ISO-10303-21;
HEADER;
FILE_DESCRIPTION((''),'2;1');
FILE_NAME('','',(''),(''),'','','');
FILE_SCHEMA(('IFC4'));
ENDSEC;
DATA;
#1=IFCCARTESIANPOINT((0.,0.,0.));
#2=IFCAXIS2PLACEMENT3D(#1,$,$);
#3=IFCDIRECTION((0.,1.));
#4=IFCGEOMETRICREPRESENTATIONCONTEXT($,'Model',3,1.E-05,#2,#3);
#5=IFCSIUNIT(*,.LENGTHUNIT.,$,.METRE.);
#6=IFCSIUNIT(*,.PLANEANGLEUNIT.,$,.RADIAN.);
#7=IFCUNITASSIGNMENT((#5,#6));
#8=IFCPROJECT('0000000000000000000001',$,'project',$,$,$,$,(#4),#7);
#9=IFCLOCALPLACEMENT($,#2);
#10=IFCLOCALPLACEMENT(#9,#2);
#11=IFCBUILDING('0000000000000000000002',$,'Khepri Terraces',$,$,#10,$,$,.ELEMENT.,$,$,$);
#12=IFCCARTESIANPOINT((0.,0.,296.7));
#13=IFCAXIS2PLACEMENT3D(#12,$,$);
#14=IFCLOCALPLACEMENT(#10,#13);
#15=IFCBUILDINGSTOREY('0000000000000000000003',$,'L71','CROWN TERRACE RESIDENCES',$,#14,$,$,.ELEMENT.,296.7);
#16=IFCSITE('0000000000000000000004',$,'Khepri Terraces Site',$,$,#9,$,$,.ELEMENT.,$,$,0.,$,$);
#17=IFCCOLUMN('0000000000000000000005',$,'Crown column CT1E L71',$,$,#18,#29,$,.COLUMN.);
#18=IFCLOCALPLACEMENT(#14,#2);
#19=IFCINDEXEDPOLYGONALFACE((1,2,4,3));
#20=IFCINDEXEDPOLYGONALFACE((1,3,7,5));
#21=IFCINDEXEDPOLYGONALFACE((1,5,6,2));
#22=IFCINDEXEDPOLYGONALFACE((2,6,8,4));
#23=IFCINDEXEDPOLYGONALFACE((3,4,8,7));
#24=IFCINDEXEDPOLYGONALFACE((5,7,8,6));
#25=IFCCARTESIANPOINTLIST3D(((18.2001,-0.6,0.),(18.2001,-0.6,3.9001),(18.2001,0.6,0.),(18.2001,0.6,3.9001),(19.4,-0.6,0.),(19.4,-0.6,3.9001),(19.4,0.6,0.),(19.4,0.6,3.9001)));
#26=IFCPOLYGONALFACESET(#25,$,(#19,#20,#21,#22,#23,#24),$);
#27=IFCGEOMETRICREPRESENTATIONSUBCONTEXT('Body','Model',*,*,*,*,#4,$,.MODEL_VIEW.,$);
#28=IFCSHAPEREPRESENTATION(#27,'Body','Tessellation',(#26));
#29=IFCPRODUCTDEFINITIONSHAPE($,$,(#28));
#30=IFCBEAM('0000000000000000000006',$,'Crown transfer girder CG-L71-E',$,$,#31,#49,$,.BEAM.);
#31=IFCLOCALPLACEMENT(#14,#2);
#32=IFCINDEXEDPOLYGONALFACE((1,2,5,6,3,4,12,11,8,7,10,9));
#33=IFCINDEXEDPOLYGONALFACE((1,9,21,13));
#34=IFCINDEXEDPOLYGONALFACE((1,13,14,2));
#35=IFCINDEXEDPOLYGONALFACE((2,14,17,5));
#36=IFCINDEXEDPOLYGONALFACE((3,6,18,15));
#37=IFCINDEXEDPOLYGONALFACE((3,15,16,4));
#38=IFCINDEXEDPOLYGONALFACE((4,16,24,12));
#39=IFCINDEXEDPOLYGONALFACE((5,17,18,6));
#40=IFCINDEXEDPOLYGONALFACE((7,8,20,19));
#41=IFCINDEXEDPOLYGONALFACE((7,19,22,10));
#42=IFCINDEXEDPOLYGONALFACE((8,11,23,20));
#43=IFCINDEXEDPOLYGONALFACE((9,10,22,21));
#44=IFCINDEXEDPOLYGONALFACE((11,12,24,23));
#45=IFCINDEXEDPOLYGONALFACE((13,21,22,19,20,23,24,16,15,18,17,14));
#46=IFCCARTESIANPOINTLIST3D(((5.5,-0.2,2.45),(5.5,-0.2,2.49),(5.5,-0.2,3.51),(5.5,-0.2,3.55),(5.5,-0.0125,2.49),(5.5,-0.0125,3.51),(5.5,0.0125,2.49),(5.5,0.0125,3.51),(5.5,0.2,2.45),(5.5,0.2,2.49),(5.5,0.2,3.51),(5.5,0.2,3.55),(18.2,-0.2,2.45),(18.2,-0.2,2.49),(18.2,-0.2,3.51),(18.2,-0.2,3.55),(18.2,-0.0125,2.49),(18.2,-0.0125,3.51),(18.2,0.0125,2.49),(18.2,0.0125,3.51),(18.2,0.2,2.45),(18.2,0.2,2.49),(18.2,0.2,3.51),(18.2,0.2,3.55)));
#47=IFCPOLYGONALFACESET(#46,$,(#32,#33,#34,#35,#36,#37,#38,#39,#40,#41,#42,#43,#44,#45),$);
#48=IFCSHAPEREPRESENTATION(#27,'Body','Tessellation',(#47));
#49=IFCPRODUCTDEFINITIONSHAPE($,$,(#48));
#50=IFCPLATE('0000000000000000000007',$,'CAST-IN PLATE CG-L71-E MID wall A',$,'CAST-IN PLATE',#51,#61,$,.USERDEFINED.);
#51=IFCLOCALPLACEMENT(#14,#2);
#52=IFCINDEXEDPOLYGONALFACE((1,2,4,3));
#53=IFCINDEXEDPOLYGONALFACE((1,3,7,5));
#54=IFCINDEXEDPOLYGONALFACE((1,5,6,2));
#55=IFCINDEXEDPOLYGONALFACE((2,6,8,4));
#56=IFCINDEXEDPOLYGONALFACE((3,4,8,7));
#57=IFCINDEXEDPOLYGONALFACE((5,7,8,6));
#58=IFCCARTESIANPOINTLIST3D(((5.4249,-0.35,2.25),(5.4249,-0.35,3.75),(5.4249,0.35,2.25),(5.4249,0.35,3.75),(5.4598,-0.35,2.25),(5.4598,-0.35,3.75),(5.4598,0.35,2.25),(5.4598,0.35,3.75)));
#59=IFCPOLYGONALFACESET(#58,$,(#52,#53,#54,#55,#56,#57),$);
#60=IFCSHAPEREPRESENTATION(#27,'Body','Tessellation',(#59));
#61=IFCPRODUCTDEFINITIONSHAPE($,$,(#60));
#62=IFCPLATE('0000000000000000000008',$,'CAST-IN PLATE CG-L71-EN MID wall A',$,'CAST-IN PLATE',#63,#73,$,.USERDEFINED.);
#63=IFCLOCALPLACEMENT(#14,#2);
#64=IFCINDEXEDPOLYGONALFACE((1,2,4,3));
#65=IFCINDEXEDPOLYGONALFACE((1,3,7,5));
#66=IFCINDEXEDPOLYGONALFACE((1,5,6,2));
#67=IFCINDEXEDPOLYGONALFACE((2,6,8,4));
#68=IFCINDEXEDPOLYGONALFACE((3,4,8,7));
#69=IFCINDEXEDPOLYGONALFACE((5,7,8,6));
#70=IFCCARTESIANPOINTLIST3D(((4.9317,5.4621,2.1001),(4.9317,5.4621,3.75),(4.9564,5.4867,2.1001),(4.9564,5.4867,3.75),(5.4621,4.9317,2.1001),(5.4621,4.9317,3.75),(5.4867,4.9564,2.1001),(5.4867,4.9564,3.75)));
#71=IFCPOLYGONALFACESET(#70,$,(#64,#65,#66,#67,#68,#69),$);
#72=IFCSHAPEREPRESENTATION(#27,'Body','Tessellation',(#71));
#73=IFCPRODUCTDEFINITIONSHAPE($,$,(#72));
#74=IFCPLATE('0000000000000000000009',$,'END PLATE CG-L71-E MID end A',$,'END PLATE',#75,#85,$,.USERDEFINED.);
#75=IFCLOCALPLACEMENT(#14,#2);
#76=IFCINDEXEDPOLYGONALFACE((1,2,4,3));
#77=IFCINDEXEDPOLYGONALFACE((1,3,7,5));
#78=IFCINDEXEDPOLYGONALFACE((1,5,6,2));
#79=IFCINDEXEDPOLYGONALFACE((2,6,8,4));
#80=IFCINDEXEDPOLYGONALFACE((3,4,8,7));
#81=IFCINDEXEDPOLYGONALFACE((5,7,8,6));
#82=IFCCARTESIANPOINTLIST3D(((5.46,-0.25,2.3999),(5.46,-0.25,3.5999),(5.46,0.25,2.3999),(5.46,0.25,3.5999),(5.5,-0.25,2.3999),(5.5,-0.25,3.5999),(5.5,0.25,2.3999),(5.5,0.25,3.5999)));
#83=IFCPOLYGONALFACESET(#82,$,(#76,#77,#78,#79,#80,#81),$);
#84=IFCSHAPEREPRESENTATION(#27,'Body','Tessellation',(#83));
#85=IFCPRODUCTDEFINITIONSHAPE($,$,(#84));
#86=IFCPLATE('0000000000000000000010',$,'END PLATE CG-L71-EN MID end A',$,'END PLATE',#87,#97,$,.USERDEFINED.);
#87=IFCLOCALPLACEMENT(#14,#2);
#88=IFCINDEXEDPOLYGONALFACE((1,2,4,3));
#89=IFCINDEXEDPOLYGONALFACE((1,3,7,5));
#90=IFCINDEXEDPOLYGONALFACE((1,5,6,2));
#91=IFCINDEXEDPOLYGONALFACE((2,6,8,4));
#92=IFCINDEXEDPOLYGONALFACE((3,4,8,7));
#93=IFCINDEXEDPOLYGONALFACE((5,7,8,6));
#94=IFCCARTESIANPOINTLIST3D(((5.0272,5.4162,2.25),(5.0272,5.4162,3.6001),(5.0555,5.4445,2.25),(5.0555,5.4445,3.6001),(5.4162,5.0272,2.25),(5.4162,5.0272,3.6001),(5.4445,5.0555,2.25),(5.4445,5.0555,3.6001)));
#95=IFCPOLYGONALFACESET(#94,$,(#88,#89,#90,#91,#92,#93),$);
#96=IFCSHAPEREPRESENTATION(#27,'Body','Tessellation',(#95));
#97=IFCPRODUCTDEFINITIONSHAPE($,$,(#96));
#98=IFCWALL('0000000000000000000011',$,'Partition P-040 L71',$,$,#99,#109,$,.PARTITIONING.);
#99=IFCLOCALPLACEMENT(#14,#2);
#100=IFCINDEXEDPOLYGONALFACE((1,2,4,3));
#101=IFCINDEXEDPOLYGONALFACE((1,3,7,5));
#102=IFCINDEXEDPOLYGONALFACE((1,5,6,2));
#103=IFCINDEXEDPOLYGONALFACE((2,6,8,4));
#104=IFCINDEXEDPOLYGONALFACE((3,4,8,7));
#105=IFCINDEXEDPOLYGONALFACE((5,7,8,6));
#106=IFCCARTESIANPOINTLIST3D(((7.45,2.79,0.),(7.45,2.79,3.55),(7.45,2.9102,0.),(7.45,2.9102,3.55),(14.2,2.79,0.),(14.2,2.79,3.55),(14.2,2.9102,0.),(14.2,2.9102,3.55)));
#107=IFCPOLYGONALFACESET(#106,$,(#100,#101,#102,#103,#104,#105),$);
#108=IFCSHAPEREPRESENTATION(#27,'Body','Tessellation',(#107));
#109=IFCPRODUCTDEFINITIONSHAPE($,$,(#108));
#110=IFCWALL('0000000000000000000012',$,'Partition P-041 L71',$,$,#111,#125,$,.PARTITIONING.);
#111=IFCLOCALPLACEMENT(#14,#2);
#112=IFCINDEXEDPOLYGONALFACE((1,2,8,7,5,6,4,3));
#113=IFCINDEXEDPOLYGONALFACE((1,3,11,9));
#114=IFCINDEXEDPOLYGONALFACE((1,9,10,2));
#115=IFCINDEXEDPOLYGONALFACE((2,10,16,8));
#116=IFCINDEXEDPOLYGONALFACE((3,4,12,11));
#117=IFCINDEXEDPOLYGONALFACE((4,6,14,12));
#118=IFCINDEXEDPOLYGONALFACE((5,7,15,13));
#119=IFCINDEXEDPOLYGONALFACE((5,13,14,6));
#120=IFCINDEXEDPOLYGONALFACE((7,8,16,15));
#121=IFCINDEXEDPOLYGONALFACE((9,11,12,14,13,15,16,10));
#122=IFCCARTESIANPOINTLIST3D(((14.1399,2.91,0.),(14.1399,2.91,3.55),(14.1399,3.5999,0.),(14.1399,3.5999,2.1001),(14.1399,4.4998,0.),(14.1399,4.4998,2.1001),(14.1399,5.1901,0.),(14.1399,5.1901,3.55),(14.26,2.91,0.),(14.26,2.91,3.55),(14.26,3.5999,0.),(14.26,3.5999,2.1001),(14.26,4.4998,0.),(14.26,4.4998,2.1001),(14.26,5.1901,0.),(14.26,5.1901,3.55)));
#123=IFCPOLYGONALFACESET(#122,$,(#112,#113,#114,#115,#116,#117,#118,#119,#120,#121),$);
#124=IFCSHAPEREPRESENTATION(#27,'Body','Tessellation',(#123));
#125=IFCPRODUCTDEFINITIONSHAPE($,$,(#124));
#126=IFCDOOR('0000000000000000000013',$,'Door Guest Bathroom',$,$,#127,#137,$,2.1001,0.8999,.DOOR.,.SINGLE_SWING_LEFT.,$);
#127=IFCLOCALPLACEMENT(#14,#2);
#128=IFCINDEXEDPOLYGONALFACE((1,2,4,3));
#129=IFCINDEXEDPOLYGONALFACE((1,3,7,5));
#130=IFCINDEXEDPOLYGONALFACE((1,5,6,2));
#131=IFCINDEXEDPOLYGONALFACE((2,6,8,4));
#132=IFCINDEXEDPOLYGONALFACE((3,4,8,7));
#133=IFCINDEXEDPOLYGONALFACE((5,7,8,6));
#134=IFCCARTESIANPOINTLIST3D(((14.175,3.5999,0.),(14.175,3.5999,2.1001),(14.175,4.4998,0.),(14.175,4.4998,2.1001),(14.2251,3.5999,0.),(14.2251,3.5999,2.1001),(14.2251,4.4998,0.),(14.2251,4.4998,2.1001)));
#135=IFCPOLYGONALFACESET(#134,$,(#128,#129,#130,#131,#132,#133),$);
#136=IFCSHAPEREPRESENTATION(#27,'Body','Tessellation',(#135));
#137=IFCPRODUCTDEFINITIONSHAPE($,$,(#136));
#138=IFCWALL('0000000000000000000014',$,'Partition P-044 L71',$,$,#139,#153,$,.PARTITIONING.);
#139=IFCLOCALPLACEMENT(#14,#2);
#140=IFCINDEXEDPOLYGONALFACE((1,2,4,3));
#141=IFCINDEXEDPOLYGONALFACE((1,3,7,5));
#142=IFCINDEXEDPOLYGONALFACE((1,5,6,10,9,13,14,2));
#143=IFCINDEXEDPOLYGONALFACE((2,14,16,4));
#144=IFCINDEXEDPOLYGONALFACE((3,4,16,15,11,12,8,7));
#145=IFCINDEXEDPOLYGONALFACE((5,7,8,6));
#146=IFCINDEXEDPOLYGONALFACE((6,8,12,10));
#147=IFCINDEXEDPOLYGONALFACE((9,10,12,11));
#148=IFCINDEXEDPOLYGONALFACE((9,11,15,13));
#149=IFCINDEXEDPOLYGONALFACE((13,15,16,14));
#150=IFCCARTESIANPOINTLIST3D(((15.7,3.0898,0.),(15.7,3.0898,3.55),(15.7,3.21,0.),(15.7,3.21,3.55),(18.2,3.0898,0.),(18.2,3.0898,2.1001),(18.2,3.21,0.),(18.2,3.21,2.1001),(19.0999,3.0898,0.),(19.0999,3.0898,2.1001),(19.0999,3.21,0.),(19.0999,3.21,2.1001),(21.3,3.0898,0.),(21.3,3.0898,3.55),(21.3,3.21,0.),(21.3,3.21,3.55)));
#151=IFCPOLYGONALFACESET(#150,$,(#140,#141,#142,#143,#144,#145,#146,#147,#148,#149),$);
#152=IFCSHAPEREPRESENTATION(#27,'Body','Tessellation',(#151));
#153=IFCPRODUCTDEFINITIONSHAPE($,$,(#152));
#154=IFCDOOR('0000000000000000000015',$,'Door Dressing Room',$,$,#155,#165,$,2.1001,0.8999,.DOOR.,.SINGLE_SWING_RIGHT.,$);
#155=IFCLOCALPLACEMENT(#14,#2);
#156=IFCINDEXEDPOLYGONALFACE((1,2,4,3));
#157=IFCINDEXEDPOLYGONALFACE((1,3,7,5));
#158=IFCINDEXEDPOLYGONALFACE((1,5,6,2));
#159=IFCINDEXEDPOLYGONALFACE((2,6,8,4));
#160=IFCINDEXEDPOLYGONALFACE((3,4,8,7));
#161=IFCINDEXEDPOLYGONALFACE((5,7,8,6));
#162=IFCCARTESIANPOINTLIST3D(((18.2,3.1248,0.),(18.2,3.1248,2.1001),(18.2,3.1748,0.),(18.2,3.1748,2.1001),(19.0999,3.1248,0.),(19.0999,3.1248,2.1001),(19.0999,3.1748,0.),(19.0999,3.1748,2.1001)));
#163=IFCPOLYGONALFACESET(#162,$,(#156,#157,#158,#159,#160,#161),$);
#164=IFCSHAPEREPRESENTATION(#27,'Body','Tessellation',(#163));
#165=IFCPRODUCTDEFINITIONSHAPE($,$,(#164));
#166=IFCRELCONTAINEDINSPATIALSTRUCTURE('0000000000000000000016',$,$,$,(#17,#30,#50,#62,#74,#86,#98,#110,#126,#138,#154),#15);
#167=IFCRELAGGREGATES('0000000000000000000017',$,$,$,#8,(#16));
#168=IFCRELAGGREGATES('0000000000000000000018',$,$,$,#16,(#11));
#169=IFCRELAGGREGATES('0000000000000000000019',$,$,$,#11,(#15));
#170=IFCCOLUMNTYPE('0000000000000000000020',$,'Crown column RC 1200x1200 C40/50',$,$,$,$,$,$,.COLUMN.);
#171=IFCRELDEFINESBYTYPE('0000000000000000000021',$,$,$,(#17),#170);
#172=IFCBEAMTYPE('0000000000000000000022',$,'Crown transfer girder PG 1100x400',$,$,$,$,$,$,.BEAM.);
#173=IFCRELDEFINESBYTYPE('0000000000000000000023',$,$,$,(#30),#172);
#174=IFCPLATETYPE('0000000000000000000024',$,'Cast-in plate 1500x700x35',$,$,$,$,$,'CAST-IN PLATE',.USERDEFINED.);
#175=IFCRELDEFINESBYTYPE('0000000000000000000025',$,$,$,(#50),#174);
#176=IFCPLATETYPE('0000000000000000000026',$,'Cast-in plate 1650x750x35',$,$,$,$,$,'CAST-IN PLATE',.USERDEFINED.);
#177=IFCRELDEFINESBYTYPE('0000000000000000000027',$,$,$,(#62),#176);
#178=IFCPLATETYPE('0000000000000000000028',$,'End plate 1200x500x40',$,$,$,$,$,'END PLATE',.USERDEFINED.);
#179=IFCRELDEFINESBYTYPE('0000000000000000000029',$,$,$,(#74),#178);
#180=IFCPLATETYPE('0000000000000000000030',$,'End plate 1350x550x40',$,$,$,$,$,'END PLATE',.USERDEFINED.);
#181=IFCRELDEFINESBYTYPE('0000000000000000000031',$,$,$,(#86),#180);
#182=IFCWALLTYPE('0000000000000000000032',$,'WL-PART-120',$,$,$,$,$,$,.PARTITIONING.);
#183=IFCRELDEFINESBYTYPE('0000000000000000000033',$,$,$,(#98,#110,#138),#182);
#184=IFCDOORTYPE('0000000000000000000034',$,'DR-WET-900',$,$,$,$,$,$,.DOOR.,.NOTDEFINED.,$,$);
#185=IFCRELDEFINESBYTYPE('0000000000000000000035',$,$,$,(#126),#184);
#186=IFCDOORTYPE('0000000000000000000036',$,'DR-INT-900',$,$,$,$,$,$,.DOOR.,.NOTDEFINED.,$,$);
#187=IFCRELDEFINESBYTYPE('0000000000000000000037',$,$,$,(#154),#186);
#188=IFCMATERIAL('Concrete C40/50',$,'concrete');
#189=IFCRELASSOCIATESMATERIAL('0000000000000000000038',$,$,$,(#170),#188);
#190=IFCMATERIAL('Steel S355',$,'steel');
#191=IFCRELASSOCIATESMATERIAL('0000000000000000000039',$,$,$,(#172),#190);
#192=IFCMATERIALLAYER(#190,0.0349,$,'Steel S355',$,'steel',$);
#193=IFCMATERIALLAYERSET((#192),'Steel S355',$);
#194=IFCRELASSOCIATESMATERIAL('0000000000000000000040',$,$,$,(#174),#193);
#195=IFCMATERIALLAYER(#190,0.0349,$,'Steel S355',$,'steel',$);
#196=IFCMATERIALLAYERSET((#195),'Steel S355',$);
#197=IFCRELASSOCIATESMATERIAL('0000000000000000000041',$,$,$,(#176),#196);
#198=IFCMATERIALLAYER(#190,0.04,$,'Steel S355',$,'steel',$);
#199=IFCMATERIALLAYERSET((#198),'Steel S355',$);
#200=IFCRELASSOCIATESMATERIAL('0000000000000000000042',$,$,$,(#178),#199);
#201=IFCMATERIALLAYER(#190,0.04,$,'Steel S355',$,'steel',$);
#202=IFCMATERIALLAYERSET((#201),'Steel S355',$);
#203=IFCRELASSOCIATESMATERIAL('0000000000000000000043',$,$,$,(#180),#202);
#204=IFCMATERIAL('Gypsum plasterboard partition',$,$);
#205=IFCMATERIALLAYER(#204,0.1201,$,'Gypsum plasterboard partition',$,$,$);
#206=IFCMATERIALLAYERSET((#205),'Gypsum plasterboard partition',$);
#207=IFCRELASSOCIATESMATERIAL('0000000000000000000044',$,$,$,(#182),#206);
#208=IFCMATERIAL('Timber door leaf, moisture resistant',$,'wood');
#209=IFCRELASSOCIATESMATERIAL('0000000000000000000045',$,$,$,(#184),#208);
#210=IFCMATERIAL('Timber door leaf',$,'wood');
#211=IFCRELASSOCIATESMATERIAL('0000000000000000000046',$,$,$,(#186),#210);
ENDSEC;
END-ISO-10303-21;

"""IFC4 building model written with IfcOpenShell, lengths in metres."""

from ifc_helpers import new_model, si_unit, direction, frame, frame_2d, origin, origin_2d, place, context, subcontext, project, spatial, rectangle, i_section, extrude, material, layer, layer_set, material_profile, profile_set, type_object, element, fill, save


model = new_model("IFC4")

# Units and contexts
model_context = context("Model", 3, precision=1e-05, world=origin(), true_north=direction((0.0, 1.0)))
body_context = subcontext(model_context, "Body", "Model", "MODEL_VIEW")
ifc_project = project(units=[si_unit("LENGTHUNIT", "METRE"), si_unit("PLANEANGLEUNIT", "RADIAN")], contexts=[model_context])

# Site, building, storey
site_placement = place(None, origin())
site = spatial("IfcSite", under=ifc_project, at=site_placement, Name="Khepri Terraces Site", CompositionType="ELEMENT", RefElevation=0.0)
building_placement = place(site_placement, origin())
building = spatial("IfcBuilding", under=site, at=building_placement, Name="Khepri Terraces", CompositionType="ELEMENT")
storey_placement = place(building_placement, frame((0.0, 0.0, 296.7)))
storey = spatial("IfcBuildingStorey", under=building, at=storey_placement, Name="L71", Description="CROWN TERRACE RESIDENCES", CompositionType="ELEMENT", Elevation=296.7)

# Column
ifc_material_1 = material(Name="Concrete C40/50", Category="concrete")
ifc_material_profile_1 = material_profile(ifc_material_1, rectangle(XDim=1.2, YDim=1.2, at=origin_2d()), Name="Concrete C40/50", Category="concrete")
ifc_profile_set_1 = profile_set([ifc_material_profile_1], Name="Concrete C40/50")
column_type = type_object("IfcColumnType", Name="Crown column RC 1200x1200 C40/50", PredefinedType="COLUMN", material=ifc_profile_set_1)
column_placement = place(storey_placement, frame((18.8, 0.0, 0.0), z_axis=(0.0, 0.0, 1.0), x_axis=(1.0, 0.0, 0.0)))
element("IfcColumn", 1, at=column_placement, inside=storey, type_object=column_type, Name="Crown column CT1E L71", PredefinedType="COLUMN", context=body_context, shape_type="SweptSolid", body=[
    extrude(rectangle(XDim=1.2, YDim=1.2, at=origin_2d()), origin(), (0.0, 0.0, 1.0), 3.9001),
])

# Beam
ifc_material_2 = material(Name="Steel S355", Category="steel")
ifc_material_profile_2 = material_profile(ifc_material_2, i_section(OverallWidth=0.3999, OverallDepth=1.1001, WebThickness=0.0249, FlangeThickness=0.04, at=origin_2d()), Name="Steel S355", Category="steel")
ifc_profile_set_2 = profile_set([ifc_material_profile_2], Name="Steel S355")
beam_type = type_object("IfcBeamType", Name="Crown transfer girder PG 1100x400", PredefinedType="BEAM", material=ifc_profile_set_2)
beam_placement = place(storey_placement, frame((5.5, 0.0, 3.0), z_axis=(1.0, 0.0, 0.0), x_axis=(0.0, 1.0, 0.0)))
element("IfcBeam", 2, at=beam_placement, inside=storey, type_object=beam_type, Name="Crown transfer girder CG-L71-E", PredefinedType="BEAM", context=body_context, shape_type="SweptSolid", body=[
    extrude(i_section(OverallWidth=0.3999, OverallDepth=1.1001, WebThickness=0.0249, FlangeThickness=0.04, at=origin_2d()), origin(), (0.0, 0.0, 1.0), 12.7),
])

# Plates
ifc_layer_1 = layer(ifc_material_2, 0.0349, Name="Steel S355", Category="steel")
ifc_layer_set_1 = layer_set([ifc_layer_1], Name="Steel S355")
plate_type_1 = type_object("IfcPlateType", Name="Cast-in plate 1500x700x35", ElementType="CAST-IN PLATE", PredefinedType="USERDEFINED", material=ifc_layer_set_1)
plate_1_placement = place(storey_placement, frame((5.4424, 0.0, 2.25), z_axis=(0.0, 0.0, 1.0), x_axis=(1.0, 0.0, 0.0)))
element("IfcPlate", 3, at=plate_1_placement, inside=storey, type_object=plate_type_1, Name="CAST-IN PLATE CG-L71-E MID wall A", ObjectType="CAST-IN PLATE", PredefinedType="USERDEFINED", context=body_context, shape_type="SweptSolid", body=[
    extrude(rectangle(XDim=0.0349, YDim=0.7, at=origin_2d()), origin(), (0.0, 0.0, 1.0), 1.5),
])
ifc_layer_2 = layer(ifc_material_2, 0.0349, Name="Steel S355", Category="steel")
ifc_layer_set_2 = layer_set([ifc_layer_2], Name="Steel S355")
plate_type_2 = type_object("IfcPlateType", Name="Cast-in plate 1650x750x35", ElementType="CAST-IN PLATE", PredefinedType="USERDEFINED", material=ifc_layer_set_2)
plate_2_placement = place(storey_placement, frame((5.2092, 5.2092, 2.1001), z_axis=(0.0, 0.0, 1.0), x_axis=(0.707107, 0.707107, 0.0)))
element("IfcPlate", 4, at=plate_2_placement, inside=storey, type_object=plate_type_2, Name="CAST-IN PLATE CG-L71-EN MID wall A", ObjectType="CAST-IN PLATE", PredefinedType="USERDEFINED", context=body_context, shape_type="SweptSolid", body=[
    extrude(rectangle(XDim=0.0349, YDim=0.75, at=origin_2d()), origin(), (0.0, 0.0, 1.0), 1.6499),
])
ifc_layer_3 = layer(ifc_material_2, 0.04, Name="Steel S355", Category="steel")
ifc_layer_set_3 = layer_set([ifc_layer_3], Name="Steel S355")
plate_type_3 = type_object("IfcPlateType", Name="End plate 1200x500x40", ElementType="END PLATE", PredefinedType="USERDEFINED", material=ifc_layer_set_3)
plate_3_placement = place(storey_placement, frame((5.48, 0.0, 2.3999), z_axis=(0.0, 0.0, 1.0), x_axis=(1.0, 0.0, 0.0)))
element("IfcPlate", 5, at=plate_3_placement, inside=storey, type_object=plate_type_3, Name="END PLATE CG-L71-E MID end A", ObjectType="END PLATE", PredefinedType="USERDEFINED", context=body_context, shape_type="SweptSolid", body=[
    extrude(rectangle(XDim=0.04, YDim=0.5, at=origin_2d()), origin(), (0.0, 0.0, 1.0), 1.2),
])
ifc_layer_4 = layer(ifc_material_2, 0.04, Name="Steel S355", Category="steel")
ifc_layer_set_4 = layer_set([ifc_layer_4], Name="Steel S355")
plate_type_4 = type_object("IfcPlateType", Name="End plate 1350x550x40", ElementType="END PLATE", PredefinedType="USERDEFINED", material=ifc_layer_set_4)
plate_4_placement = place(storey_placement, frame((5.2358, 5.2358, 2.25), z_axis=(0.0, 0.0, 1.0), x_axis=(0.707107, 0.707107, 0.0)))
element("IfcPlate", 6, at=plate_4_placement, inside=storey, type_object=plate_type_4, Name="END PLATE CG-L71-EN MID end A", ObjectType="END PLATE", PredefinedType="USERDEFINED", context=body_context, shape_type="SweptSolid", body=[
    extrude(rectangle(XDim=0.04, YDim=0.55, at=origin_2d()), origin(), (0.0, 0.0, 1.0), 1.3501),
])

# Wall
ifc_material_3 = material(Name="Gypsum plasterboard partition")
ifc_layer_5 = layer(ifc_material_3, 0.1201, Name="Gypsum plasterboard partition")
ifc_layer_set_5 = layer_set([ifc_layer_5], Name="Gypsum plasterboard partition")
wall_type = type_object("IfcWallType", Name="WL-PART-120", PredefinedType="PARTITIONING", material=ifc_layer_set_5)
wall_1_placement = place(storey_placement, frame((7.45, 2.8501, 0.0), z_axis=(0.0, 0.0, 1.0), x_axis=(1.0, 0.0, 0.0)))
element("IfcWall", 7, at=wall_1_placement, inside=storey, type_object=wall_type, Name="Partition P-040 L71", PredefinedType="PARTITIONING", context=body_context, shape_type="SweptSolid", body=[
    extrude(rectangle(XDim=6.75, YDim=0.1201, at=frame_2d((3.375, 0.0))), origin(), (0.0, 0.0, 1.0), 3.55),
])

# Walls, openings, doors
wall_2_placement = place(storey_placement, frame((14.2, 2.9099, 0.0), z_axis=(0.0, 0.0, 1.0), x_axis=(0.0, 1.0, 0.0)))
wall_2 = element("IfcWall", 8, at=wall_2_placement, inside=storey, type_object=wall_type, Name="Partition P-041 L71", PredefinedType="PARTITIONING", context=body_context, shape_type="SweptSolid", body=[
    extrude(rectangle(XDim=2.28, YDim=0.1201, at=frame_2d((1.1401, 0.0))), origin(), (0.0, 0.0, 1.0), 3.55),
])
opening_1_placement = place(wall_2_placement, frame((0.6899, 0.0, 0.0)))
opening_1 = element("IfcOpeningElement", 9, at=opening_1_placement, cuts=wall_2, PredefinedType="OPENING", context=body_context, shape_type="SweptSolid", body=[
    extrude(rectangle(XDim=0.8999, YDim=2.1001, at=frame_2d((0.45, 1.05))), frame((0.0, 0.0701, 0.0), z_axis=(0.0, -1.0, 0.0), x_axis=(1.0, 0.0, 0.0)), (0.0, 0.0, 1.0), 0.1401),
])
ifc_material_4 = material(Name="Timber door leaf, moisture resistant", Category="wood")
door_type_1 = type_object("IfcDoorType", Name="DR-WET-900", OperationType="NOTDEFINED", PredefinedType="DOOR", material=ifc_material_4)
door_1_placement = place(opening_1_placement, origin())
door_1 = element("IfcDoor", 10, at=door_1_placement, inside=storey, type_object=door_type_1, Name="Door Guest Bathroom", OperationType="SINGLE_SWING_LEFT", OverallHeight=2.1001, OverallWidth=0.8999, PredefinedType="DOOR", context=body_context, shape_type="SweptSolid", body=[
    extrude(rectangle(XDim=0.8999, YDim=2.1001, at=frame_2d((0.45, 1.05))), frame((0.0, 0.0249, 0.0), z_axis=(0.0, -1.0, 0.0), x_axis=(1.0, 0.0, 0.0)), (0.0, 0.0, 1.0), 0.05),
])
fill(opening_1, door_1)
wall_3_placement = place(storey_placement, frame((15.7, 3.1499, 0.0), z_axis=(0.0, 0.0, 1.0), x_axis=(1.0, 0.0, 0.0)))
wall_3 = element("IfcWall", 11, at=wall_3_placement, inside=storey, type_object=wall_type, Name="Partition P-044 L71", PredefinedType="PARTITIONING", context=body_context, shape_type="SweptSolid", body=[
    extrude(rectangle(XDim=5.6001, YDim=0.1201, at=frame_2d((2.8, 0.0))), origin(), (0.0, 0.0, 1.0), 3.55),
])
opening_2_placement = place(wall_3_placement, frame((2.5, 0.0, 0.0)))
opening_2 = element("IfcOpeningElement", 12, at=opening_2_placement, cuts=wall_3, PredefinedType="OPENING", context=body_context, shape_type="SweptSolid", body=[
    extrude(rectangle(XDim=0.8999, YDim=2.1001, at=frame_2d((0.45, 1.05))), frame((0.0, 0.0701, 0.0), z_axis=(0.0, -1.0, 0.0), x_axis=(1.0, 0.0, 0.0)), (0.0, 0.0, 1.0), 0.1401),
])
ifc_material_5 = material(Name="Timber door leaf", Category="wood")
door_type_2 = type_object("IfcDoorType", Name="DR-INT-900", OperationType="NOTDEFINED", PredefinedType="DOOR", material=ifc_material_5)
door_2_placement = place(opening_2_placement, origin())
door_2 = element("IfcDoor", 13, at=door_2_placement, inside=storey, type_object=door_type_2, Name="Door Dressing Room", OperationType="SINGLE_SWING_RIGHT", OverallHeight=2.1001, OverallWidth=0.8999, PredefinedType="DOOR", context=body_context, shape_type="SweptSolid", body=[
    extrude(rectangle(XDim=0.8999, YDim=2.1001, at=frame_2d((0.45, 1.05))), frame((0.0, 0.0249, 0.0), z_axis=(0.0, -1.0, 0.0), x_axis=(1.0, 0.0, 0.0)), (0.0, 0.0, 1.0), 0.05),
])
fill(opening_2, door_2)

save(model, "model.ifc")
